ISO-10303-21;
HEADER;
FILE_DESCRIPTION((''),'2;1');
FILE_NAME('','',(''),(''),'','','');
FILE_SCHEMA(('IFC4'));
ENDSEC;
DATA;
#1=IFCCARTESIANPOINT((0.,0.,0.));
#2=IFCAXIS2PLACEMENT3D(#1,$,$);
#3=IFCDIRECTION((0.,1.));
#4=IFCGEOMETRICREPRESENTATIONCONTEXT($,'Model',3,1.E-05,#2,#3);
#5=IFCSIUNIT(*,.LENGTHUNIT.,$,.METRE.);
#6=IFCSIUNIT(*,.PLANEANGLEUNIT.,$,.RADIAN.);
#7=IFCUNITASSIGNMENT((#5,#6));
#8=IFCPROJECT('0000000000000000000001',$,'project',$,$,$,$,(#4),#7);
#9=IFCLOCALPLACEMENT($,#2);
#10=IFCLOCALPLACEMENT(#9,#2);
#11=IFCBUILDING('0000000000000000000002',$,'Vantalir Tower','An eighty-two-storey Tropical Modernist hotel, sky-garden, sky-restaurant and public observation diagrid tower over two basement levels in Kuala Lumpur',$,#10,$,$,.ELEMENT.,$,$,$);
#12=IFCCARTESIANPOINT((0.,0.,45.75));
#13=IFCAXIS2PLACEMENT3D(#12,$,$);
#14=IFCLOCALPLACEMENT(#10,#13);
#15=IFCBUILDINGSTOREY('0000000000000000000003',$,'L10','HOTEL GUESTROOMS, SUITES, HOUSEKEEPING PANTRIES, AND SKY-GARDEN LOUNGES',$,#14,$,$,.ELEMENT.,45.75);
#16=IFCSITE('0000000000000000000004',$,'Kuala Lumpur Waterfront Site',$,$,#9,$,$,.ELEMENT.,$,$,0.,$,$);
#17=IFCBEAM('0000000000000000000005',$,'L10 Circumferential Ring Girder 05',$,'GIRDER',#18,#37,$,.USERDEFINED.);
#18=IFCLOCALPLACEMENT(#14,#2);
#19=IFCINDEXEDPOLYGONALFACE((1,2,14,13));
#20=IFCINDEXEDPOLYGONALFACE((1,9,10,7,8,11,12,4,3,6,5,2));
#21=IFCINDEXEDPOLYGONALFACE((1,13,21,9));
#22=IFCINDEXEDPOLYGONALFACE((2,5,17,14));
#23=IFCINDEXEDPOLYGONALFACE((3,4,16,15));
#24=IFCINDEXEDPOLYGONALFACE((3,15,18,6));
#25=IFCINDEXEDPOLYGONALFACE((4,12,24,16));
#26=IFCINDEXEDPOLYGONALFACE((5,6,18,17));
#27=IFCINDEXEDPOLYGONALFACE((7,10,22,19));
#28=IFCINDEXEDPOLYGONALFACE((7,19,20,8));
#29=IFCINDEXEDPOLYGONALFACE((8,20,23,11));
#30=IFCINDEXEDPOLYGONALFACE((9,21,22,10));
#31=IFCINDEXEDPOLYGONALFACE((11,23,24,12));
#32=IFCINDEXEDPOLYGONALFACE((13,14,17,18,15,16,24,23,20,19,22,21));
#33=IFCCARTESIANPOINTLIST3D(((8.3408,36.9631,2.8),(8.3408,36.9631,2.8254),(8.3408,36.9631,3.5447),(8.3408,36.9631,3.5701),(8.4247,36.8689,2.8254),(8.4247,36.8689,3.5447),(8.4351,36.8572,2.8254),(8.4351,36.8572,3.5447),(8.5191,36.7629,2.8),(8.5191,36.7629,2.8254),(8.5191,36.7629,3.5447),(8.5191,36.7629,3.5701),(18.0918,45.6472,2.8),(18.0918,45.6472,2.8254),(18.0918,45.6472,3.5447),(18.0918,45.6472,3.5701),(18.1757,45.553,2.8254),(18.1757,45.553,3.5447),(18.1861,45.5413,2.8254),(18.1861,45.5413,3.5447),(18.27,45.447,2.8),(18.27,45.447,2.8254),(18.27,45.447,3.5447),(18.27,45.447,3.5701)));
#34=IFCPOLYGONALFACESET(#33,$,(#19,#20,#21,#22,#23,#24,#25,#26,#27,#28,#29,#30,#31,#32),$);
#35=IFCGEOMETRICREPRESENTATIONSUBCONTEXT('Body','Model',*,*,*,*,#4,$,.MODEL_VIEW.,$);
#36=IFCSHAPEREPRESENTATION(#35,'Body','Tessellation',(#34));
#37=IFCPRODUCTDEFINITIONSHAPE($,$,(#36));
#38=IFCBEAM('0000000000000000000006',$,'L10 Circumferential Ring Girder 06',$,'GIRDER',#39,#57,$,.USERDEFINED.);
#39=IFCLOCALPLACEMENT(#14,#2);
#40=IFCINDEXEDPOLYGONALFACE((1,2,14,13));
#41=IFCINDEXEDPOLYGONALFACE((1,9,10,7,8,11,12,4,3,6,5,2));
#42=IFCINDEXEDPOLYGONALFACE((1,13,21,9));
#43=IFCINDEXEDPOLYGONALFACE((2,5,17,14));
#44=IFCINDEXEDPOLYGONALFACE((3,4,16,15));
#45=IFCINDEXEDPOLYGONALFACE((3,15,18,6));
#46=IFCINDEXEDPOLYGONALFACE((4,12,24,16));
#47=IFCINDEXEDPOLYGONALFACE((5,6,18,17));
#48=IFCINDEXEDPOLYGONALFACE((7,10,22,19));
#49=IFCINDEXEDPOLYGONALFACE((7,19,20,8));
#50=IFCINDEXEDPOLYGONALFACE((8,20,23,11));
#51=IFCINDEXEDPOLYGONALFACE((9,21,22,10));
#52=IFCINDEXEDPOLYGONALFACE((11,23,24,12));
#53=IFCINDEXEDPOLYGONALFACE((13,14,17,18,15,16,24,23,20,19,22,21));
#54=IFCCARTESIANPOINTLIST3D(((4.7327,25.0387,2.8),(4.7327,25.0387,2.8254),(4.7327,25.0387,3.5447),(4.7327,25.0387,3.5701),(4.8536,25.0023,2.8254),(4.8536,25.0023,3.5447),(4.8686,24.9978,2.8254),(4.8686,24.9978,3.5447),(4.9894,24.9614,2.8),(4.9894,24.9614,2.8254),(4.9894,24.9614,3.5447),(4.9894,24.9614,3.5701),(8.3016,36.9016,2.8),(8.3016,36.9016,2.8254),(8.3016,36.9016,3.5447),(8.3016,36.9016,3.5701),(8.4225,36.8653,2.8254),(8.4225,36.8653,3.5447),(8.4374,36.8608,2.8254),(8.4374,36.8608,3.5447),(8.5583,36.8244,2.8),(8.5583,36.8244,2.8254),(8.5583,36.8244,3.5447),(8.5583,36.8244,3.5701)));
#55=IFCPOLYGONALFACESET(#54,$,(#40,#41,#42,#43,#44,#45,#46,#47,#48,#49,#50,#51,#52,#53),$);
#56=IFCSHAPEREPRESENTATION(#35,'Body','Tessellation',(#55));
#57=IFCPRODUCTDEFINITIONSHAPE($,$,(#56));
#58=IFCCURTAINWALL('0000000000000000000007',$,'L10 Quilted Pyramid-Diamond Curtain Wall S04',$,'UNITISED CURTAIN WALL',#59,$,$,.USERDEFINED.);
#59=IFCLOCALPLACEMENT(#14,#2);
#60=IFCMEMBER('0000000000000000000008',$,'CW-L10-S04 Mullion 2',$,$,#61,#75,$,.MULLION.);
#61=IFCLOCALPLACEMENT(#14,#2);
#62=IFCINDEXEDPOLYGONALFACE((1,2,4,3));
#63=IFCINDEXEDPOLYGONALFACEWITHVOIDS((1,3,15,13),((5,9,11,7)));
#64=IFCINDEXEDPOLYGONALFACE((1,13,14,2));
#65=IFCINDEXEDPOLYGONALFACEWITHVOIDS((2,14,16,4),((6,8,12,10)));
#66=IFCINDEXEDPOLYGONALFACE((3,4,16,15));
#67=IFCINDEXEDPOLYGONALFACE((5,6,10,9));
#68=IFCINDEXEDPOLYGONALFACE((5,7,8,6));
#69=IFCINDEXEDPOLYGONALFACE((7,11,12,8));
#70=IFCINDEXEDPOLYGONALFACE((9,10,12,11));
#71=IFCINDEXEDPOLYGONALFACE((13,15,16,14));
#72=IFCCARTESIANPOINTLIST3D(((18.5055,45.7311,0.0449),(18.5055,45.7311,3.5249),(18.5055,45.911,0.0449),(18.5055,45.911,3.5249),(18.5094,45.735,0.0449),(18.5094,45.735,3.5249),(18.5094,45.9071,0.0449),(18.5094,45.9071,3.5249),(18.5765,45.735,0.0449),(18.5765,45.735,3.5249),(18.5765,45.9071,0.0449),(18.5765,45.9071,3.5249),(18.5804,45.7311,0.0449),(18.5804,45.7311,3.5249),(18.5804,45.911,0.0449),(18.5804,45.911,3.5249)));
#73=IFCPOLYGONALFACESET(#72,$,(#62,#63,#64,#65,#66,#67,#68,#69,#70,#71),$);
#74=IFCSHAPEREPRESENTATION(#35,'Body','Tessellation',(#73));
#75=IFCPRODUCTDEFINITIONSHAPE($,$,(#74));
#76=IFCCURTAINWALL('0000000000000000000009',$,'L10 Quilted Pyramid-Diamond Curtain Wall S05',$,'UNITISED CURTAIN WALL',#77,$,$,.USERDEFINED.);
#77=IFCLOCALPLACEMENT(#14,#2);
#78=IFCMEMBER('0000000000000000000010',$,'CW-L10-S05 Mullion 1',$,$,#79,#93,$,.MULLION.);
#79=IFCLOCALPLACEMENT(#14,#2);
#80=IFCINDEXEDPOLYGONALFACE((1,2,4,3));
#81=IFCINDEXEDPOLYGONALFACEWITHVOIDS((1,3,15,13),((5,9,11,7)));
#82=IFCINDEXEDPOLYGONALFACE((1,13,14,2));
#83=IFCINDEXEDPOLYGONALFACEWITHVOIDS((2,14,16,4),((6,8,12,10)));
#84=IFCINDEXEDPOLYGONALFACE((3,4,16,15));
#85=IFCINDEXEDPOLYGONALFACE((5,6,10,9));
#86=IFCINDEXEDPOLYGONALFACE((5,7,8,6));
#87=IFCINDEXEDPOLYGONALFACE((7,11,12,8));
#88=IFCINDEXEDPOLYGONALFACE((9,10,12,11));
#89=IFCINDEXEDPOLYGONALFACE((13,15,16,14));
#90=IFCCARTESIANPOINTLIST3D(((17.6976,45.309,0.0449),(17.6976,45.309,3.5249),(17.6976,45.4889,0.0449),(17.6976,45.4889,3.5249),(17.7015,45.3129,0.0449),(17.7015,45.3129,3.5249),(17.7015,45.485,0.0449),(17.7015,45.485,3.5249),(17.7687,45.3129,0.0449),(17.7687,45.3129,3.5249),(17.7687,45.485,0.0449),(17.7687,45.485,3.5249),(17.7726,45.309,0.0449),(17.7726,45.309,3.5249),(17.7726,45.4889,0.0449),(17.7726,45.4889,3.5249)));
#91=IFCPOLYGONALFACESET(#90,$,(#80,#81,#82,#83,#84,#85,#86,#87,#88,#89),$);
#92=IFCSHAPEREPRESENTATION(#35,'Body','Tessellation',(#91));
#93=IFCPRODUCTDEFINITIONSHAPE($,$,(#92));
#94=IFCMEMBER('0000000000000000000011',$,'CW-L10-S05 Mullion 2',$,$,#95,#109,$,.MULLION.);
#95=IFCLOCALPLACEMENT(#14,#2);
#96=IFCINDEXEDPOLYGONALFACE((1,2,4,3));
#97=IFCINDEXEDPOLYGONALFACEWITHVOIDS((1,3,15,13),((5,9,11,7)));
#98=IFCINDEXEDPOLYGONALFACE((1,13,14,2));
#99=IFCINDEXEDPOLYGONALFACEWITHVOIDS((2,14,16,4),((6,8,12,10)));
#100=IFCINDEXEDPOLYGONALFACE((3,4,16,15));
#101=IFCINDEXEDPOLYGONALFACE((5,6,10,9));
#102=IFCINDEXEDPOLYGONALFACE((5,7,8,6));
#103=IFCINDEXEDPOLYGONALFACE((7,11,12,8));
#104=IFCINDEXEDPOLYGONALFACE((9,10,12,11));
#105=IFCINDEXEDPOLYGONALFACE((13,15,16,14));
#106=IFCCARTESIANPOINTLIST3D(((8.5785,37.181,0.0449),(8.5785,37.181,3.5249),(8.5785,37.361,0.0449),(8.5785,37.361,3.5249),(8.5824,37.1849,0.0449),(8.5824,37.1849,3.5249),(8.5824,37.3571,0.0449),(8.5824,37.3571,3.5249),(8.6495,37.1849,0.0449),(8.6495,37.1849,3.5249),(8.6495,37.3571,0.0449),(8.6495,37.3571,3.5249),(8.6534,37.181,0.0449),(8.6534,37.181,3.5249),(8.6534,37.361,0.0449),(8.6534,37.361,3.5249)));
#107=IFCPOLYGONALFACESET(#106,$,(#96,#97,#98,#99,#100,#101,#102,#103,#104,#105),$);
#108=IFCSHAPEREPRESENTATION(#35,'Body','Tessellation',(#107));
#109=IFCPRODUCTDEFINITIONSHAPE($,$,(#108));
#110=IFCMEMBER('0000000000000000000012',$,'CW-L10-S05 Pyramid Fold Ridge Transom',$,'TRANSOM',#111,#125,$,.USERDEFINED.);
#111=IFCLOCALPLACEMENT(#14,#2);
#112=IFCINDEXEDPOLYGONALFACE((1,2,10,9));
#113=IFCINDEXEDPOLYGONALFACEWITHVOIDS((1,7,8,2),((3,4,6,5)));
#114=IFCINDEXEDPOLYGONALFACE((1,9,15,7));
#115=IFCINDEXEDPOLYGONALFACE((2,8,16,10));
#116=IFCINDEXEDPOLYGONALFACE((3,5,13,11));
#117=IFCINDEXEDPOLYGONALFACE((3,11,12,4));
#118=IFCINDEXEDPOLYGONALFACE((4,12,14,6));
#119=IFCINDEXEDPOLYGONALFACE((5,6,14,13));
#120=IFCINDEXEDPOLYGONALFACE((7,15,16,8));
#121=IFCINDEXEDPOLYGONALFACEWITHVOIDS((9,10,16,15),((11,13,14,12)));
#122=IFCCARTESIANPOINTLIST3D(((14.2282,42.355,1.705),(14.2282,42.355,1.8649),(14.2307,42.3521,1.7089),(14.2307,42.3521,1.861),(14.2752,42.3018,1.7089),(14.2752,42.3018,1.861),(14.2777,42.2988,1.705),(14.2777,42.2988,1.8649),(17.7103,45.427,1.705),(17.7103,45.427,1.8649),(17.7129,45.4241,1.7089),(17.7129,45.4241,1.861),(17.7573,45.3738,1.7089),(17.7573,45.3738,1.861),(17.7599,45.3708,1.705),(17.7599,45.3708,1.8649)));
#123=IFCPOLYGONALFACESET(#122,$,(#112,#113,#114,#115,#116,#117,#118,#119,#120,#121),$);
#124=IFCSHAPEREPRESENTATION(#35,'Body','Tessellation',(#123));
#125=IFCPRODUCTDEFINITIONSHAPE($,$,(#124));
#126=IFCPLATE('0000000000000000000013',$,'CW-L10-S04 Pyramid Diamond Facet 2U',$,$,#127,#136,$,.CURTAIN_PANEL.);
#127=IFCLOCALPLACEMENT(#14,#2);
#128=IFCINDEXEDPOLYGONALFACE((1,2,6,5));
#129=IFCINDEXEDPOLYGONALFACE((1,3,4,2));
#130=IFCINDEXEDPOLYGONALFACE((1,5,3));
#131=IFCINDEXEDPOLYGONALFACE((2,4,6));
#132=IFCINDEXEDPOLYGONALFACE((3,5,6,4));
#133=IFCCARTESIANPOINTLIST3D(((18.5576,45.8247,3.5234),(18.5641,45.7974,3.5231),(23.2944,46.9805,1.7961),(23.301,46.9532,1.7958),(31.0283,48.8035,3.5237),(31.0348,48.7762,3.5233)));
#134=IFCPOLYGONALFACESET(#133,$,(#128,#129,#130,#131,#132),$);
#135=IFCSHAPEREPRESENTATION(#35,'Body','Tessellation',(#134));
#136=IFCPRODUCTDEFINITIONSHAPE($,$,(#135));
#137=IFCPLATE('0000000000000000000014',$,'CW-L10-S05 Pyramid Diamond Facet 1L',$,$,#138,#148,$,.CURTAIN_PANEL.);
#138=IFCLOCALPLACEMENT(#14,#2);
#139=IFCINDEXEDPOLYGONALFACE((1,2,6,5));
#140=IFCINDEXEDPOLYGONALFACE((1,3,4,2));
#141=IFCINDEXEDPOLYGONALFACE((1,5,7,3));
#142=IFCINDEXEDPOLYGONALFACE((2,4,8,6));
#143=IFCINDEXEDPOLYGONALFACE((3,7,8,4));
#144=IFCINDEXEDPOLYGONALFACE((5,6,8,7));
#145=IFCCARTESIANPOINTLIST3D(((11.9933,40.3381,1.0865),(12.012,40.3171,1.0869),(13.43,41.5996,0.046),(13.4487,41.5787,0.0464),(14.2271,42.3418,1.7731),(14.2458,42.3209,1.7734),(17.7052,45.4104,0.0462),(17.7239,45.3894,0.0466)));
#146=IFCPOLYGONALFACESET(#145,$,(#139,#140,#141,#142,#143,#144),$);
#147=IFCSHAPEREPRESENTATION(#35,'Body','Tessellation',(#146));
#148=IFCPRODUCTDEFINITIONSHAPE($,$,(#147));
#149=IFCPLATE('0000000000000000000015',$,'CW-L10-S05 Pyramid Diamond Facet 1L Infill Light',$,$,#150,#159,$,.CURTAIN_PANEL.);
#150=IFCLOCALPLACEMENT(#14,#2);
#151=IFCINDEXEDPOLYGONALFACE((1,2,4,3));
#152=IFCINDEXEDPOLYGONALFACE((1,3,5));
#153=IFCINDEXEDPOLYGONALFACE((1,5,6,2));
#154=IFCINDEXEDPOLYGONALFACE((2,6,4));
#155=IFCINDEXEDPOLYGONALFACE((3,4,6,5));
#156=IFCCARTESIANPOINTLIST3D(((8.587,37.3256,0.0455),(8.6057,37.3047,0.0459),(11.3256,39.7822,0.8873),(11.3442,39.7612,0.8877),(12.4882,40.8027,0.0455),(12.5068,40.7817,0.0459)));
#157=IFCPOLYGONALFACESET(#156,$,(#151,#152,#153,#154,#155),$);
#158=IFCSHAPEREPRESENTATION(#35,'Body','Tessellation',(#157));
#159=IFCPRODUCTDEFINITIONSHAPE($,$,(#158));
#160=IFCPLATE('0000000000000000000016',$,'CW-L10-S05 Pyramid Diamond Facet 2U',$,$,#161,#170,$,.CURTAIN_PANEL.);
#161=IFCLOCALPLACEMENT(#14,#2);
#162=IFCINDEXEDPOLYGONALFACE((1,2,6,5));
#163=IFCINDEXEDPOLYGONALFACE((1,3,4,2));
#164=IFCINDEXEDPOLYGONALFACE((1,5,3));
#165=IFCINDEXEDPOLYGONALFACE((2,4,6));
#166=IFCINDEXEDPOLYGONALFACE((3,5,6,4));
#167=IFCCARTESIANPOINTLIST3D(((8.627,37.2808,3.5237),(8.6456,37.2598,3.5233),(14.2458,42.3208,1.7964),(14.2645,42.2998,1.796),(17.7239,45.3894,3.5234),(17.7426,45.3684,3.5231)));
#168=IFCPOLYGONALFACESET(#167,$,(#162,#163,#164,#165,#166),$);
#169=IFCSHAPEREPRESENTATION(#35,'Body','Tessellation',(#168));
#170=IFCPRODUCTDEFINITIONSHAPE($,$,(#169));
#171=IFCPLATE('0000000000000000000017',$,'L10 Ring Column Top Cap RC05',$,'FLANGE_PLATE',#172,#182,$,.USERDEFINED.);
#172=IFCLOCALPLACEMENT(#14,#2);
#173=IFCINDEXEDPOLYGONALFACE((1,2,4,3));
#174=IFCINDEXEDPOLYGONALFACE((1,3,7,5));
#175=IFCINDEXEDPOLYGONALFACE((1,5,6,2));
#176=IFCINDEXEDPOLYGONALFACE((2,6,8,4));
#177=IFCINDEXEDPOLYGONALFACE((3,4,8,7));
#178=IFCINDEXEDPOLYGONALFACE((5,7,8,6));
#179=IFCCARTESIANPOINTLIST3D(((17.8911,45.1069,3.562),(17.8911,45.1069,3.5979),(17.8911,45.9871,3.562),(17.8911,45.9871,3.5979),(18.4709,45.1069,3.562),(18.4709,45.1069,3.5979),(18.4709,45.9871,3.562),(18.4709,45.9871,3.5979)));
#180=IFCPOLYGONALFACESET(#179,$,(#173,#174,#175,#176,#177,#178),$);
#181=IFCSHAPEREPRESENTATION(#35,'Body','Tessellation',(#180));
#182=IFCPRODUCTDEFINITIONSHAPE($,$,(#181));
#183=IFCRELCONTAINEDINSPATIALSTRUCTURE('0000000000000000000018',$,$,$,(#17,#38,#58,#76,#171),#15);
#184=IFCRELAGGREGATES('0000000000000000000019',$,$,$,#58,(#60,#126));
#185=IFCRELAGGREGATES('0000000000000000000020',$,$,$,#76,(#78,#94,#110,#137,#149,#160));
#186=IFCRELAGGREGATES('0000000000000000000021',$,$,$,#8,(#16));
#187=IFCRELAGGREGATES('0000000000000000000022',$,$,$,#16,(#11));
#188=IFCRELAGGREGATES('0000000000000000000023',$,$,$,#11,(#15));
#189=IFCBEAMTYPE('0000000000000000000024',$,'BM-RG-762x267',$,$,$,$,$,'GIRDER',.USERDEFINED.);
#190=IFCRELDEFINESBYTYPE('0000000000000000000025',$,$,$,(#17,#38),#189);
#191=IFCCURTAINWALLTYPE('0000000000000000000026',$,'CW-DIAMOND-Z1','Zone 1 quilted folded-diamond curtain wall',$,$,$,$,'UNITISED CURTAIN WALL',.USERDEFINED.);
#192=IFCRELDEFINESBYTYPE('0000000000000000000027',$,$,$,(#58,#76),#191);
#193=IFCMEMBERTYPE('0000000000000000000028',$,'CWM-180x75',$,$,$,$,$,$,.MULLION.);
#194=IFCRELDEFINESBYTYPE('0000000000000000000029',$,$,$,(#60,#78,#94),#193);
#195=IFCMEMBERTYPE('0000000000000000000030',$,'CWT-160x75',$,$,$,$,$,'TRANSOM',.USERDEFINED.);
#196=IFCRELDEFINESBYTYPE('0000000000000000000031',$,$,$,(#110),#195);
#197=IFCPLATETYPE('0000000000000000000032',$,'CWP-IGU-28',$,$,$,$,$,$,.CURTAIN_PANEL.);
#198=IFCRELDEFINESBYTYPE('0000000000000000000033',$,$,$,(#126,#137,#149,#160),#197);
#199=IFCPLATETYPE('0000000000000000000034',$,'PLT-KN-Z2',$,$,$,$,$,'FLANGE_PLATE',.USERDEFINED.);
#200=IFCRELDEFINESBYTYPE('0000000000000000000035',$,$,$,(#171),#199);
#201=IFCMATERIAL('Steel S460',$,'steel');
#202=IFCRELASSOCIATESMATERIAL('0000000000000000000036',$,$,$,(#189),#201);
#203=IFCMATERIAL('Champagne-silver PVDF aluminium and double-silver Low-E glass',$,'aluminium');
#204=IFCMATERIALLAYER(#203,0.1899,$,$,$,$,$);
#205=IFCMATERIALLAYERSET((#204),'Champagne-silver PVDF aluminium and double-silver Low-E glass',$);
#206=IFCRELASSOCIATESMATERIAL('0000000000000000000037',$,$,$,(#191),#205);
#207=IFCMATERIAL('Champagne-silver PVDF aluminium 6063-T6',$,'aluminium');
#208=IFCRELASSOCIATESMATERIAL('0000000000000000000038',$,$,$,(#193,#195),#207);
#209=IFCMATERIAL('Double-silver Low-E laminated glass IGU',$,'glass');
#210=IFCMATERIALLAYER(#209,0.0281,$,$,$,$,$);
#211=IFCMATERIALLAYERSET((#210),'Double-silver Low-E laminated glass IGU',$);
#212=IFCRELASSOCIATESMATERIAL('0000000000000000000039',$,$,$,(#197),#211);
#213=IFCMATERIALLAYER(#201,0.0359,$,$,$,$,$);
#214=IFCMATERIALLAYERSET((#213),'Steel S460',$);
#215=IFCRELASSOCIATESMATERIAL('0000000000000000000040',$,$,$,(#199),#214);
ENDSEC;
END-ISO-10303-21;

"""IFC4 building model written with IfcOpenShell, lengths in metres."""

from ifc_helpers import new_model, si_unit, direction, frame, origin, origin_2d, place, context, subcontext, project, spatial, polyline, hollow_rectangle, i_section, outline, extrude, material, layer, layer_set, material_profile, profile_set, type_object, element, aggregate, save


model = new_model("IFC4")

# Units and contexts
model_context = context("Model", 3, precision=1e-05, world=origin(), true_north=direction((0.0, 1.0)))
body_context = subcontext(model_context, "Body", "Model", "MODEL_VIEW")
ifc_project = project(units=[si_unit("LENGTHUNIT", "METRE"), si_unit("PLANEANGLEUNIT", "RADIAN")], contexts=[model_context])

# Site, building, storey
site_placement = place(None, origin())
site = spatial("IfcSite", under=ifc_project, at=site_placement, Name="Kuala Lumpur Waterfront Site", CompositionType="ELEMENT", RefElevation=0.0)
building_placement = place(site_placement, origin())
building = spatial("IfcBuilding", under=site, at=building_placement, Name="Vantalir Tower", Description="An eighty-two-storey Tropical Modernist hotel, sky-garden, sky-restaurant and public observation diagrid tower over two basement levels in Kuala Lumpur", CompositionType="ELEMENT")
storey_placement = place(building_placement, frame((0.0, 0.0, 45.75)))
storey = spatial("IfcBuildingStorey", under=building, at=storey_placement, Name="L10", Description="HOTEL GUESTROOMS, SUITES, HOUSEKEEPING PANTRIES, AND SKY-GARDEN LOUNGES", CompositionType="ELEMENT", Elevation=45.75)

# Shared definitions
ifc_material_1 = material(Name="Steel S460", Category="steel")

# Beams
ifc_material_profile_1 = material_profile(ifc_material_1, i_section(OverallWidth=0.2681, OverallDepth=0.77, WebThickness=0.0156, FlangeThickness=0.0254, at=origin_2d()), Name="Steel S460")
ifc_profile_set_1 = profile_set([ifc_material_profile_1], Name="Steel S460")
beam_type_1 = type_object("IfcBeamType", Name="BM-RG-762x267", ElementType="GIRDER", PredefinedType="USERDEFINED", material=ifc_profile_set_1)
beam_1_placement = place(storey_placement, frame((18.1809, 45.5471, 3.1851), z_axis=(-0.74678, -0.665071, 0.0), x_axis=(0.665071, -0.74678, 0.0)))
element("IfcBeam", 1, at=beam_1_placement, inside=storey, type_object=beam_type_1, Name="L10 Circumferential Ring Girder 05", ObjectType="GIRDER", PredefinedType="USERDEFINED", context=body_context, shape_type="SweptSolid", body=[
    extrude(i_section(OverallWidth=0.2681, OverallDepth=0.77, WebThickness=0.0156, FlangeThickness=0.0254, at=origin_2d()), origin(), (0.0, 0.0, 1.0), 13.0574),
])
beam_2_placement = place(storey_placement, frame((8.4299, 36.863, 3.1851), z_axis=(-0.288084, -0.957605, 0.0), x_axis=(0.957605, -0.288084, 0.0)))
element("IfcBeam", 2, at=beam_2_placement, inside=storey, type_object=beam_type_1, Name="L10 Circumferential Ring Girder 06", ObjectType="GIRDER", PredefinedType="USERDEFINED", context=body_context, shape_type="SweptSolid", body=[
    extrude(i_section(OverallWidth=0.2681, OverallDepth=0.77, WebThickness=0.0156, FlangeThickness=0.0254, at=origin_2d()), origin(), (0.0, 0.0, 1.0), 12.3882),
])

# Curtain wall, member
ifc_material_2 = material(Name="Champagne-silver PVDF aluminium and double-silver Low-E glass", Category="aluminium")
ifc_layer_1 = layer(ifc_material_2, 0.1899)
ifc_layer_set_1 = layer_set([ifc_layer_1], Name="Champagne-silver PVDF aluminium and double-silver Low-E glass")
curtain_wall_type = type_object("IfcCurtainWallType", Name="CW-DIAMOND-Z1", Description="Zone 1 quilted folded-diamond curtain wall", ElementType="UNITISED CURTAIN WALL", PredefinedType="USERDEFINED", material=ifc_layer_set_1)
curtain_wall_1_placement = place(storey_placement, origin())
curtain_wall_1 = element("IfcCurtainWall", 3, at=curtain_wall_1_placement, inside=storey, type_object=curtain_wall_type, Name="L10 Quilted Pyramid-Diamond Curtain Wall S04", ObjectType="UNITISED CURTAIN WALL", PredefinedType="USERDEFINED")
ifc_material_3 = material(Name="Champagne-silver PVDF aluminium 6063-T6", Category="aluminium")
ifc_material_profile_2 = material_profile(ifc_material_3, hollow_rectangle(XDim=0.075, YDim=0.1799, WallThickness=0.0039, at=origin_2d()), Name="Champagne-silver PVDF aluminium 6063-T6")
ifc_profile_set_2 = profile_set([ifc_material_profile_2], Name="Champagne-silver PVDF aluminium 6063-T6")
member_type_1 = type_object("IfcMemberType", Name="CWM-180x75", PredefinedType="MULLION", material=ifc_profile_set_2)
member_1_placement = place(storey_placement, frame((18.543, 45.821, 0.0449), z_axis=(0.0, 0.0, 1.0), x_axis=(1.0, 0.0, 0.0)))
member_1 = element("IfcMember", 4, at=member_1_placement, type_object=member_type_1, Name="CW-L10-S04 Mullion 2", PredefinedType="MULLION", context=body_context, shape_type="SweptSolid", body=[
    extrude(hollow_rectangle(XDim=0.075, YDim=0.1799, WallThickness=0.0039, at=origin_2d()), origin(), (0.0, 0.0, 1.0), 3.48),
])

# Curtain wall, members
curtain_wall_2_placement = place(storey_placement, origin())
curtain_wall_2 = element("IfcCurtainWall", 5, at=curtain_wall_2_placement, inside=storey, type_object=curtain_wall_type, Name="L10 Quilted Pyramid-Diamond Curtain Wall S05", ObjectType="UNITISED CURTAIN WALL", PredefinedType="USERDEFINED")
member_2_placement = place(storey_placement, frame((17.7351, 45.3989, 0.0449), z_axis=(0.0, 0.0, 1.0), x_axis=(1.0, 0.0, 0.0)))
member_2 = element("IfcMember", 6, at=member_2_placement, type_object=member_type_1, Name="CW-L10-S05 Mullion 1", PredefinedType="MULLION", context=body_context, shape_type="SweptSolid", body=[
    extrude(hollow_rectangle(XDim=0.075, YDim=0.1799, WallThickness=0.0039, at=origin_2d()), origin(), (0.0, 0.0, 1.0), 3.48),
])
member_3_placement = place(storey_placement, frame((8.616, 37.271, 0.0449), z_axis=(0.0, 0.0, 1.0), x_axis=(1.0, 0.0, 0.0)))
member_3 = element("IfcMember", 7, at=member_3_placement, type_object=member_type_1, Name="CW-L10-S05 Mullion 2", PredefinedType="MULLION", context=body_context, shape_type="SweptSolid", body=[
    extrude(hollow_rectangle(XDim=0.075, YDim=0.1799, WallThickness=0.0039, at=origin_2d()), origin(), (0.0, 0.0, 1.0), 3.48),
])
ifc_material_profile_3 = material_profile(ifc_material_3, hollow_rectangle(XDim=0.075, YDim=0.1599, WallThickness=0.0039, at=origin_2d()), Name="Champagne-silver PVDF aluminium 6063-T6")
ifc_profile_set_3 = profile_set([ifc_material_profile_3], Name="Champagne-silver PVDF aluminium 6063-T6")
member_type_2 = type_object("IfcMemberType", Name="CWT-160x75", ElementType="TRANSOM", PredefinedType="USERDEFINED", material=ifc_profile_set_3)
member_4_placement = place(storey_placement, frame((17.7351, 45.3989, 1.7849), z_axis=(-0.74989, -0.661563, 0.0), x_axis=(0.661563, -0.74989, 0.0)))
member_4 = element("IfcMember", 8, at=member_4_placement, type_object=member_type_2, Name="CW-L10-S05 Pyramid Fold Ridge Transom", ObjectType="TRANSOM", PredefinedType="USERDEFINED", context=body_context, shape_type="SweptSolid", body=[
    extrude(hollow_rectangle(XDim=0.075, YDim=0.1599, WallThickness=0.0039, at=origin_2d()), origin(), (0.0, 0.0, 1.0), 4.6436),
])

# Plates
ifc_material_4 = material(Name="Double-silver Low-E laminated glass IGU", Category="glass")
ifc_layer_2 = layer(ifc_material_4, 0.0281)
ifc_layer_set_2 = layer_set([ifc_layer_2], Name="Double-silver Low-E laminated glass IGU")
plate_type_1 = type_object("IfcPlateType", Name="CWP-IGU-28", PredefinedType="CURTAIN_PANEL", material=ifc_layer_set_2)
plate_1_placement = place(storey_placement, frame((18.5576, 45.8247, 3.5234), z_axis=(-0.232303, 0.972547, 0.013694), x_axis=(0.972638, 0.232325, 0.000019)))
plate_1 = element("IfcPlate", 9, at=plate_1_placement, type_object=plate_type_1, Name="CW-L10-S04 Pyramid Diamond Facet 2U", PredefinedType="CURTAIN_PANEL", context=body_context, shape_type="SweptSolid", body=[
    extrude(outline(polyline([(0.0, 0.0), (12.8215, 0.0), (4.8757, 1.7275), (0.0, 0.0)])), origin(), (0.0, 0.0, -1.0), 0.0281),
])
aggregate(curtain_wall_1, [member_1, plate_1])
plate_2_placement = place(storey_placement, frame((17.7239, 45.3894, 0.0466), z_axis=(0.665329, -0.746425, 0.013688), x_axis=(-0.746494, -0.665392, -0.000043)))
plate_2 = element("IfcPlate", 10, at=plate_2_placement, type_object=plate_type_1, Name="CW-L10-S05 Pyramid Diamond Facet 1L", PredefinedType="CURTAIN_PANEL", context=body_context, shape_type="SweptSolid", body=[
    extrude(outline(polyline([(0.0, 0.0), (5.727, 0.0), (7.6389, -1.0407), (4.6381, -1.7272), (0.0, 0.0)])), origin(), (0.0, 0.0, -1.0), 0.0281),
])
plate_3_placement = place(storey_placement, frame((12.5068, 40.7817, 0.0459), z_axis=(0.665302, -0.746444, 0.01393), x_axis=(-0.746517, -0.665367, 0.0)))
plate_3 = element("IfcPlate", 11, at=plate_3_placement, type_object=plate_type_1, Name="CW-L10-S05 Pyramid Diamond Facet 1L Infill Light", PredefinedType="CURTAIN_PANEL", context=body_context, shape_type="SweptSolid", body=[
    extrude(outline(polyline([(0.0, 0.0), (5.2258, 0.0), (1.5469, -0.8419), (0.0, 0.0)])), origin(), (0.0, 0.0, -1.0), 0.0281),
])
plate_4_placement = place(storey_placement, frame((8.627, 37.2808, 3.5237), z_axis=(-0.665332, 0.746423, 0.013645), x_axis=(0.746492, 0.665394, -0.00002)))
plate_4 = element("IfcPlate", 12, at=plate_4_placement, type_object=plate_type_1, Name="CW-L10-S05 Pyramid Diamond Facet 2U", PredefinedType="CURTAIN_PANEL", context=body_context, shape_type="SweptSolid", body=[
    extrude(outline(polyline([(0.0, 0.0), (12.1862, 0.0), (7.5481, 1.7273), (0.0, 0.0)])), origin(), (0.0, 0.0, -1.0), 0.0281),
])
aggregate(curtain_wall_2, [member_2, member_3, member_4, plate_2, plate_3, plate_4])

# Plate
ifc_layer_3 = layer(ifc_material_1, 0.0359)
ifc_layer_set_3 = layer_set([ifc_layer_3], Name="Steel S460")
plate_type_2 = type_object("IfcPlateType", Name="PLT-KN-Z2", ElementType="FLANGE_PLATE", PredefinedType="USERDEFINED", material=ifc_layer_set_3)
for number, where, z_axis, x_axis, name in (
    (13, (17.8911, 45.9871, 3.5979), (0.0, 0.0, 1.0), (0.0, -1.0, 0.0), "L10 Ring Column Top Cap RC05"),
):
    element("IfcPlate", number, at=place(storey_placement, frame(where, z_axis=z_axis, x_axis=x_axis)), inside=storey, type_object=plate_type_2, Name=name, ObjectType="FLANGE_PLATE", PredefinedType="USERDEFINED", context=body_context, shape_type="SweptSolid", body=[
        extrude(outline(polyline([(0.0, 0.0), (0.8801, 0.0), (0.8801, 0.5798), (0.0, 0.5798), (0.0, 0.0)])), origin(), (0.0, 0.0, -1.0), 0.0359),
    ])

save(model, "model.ifc")
